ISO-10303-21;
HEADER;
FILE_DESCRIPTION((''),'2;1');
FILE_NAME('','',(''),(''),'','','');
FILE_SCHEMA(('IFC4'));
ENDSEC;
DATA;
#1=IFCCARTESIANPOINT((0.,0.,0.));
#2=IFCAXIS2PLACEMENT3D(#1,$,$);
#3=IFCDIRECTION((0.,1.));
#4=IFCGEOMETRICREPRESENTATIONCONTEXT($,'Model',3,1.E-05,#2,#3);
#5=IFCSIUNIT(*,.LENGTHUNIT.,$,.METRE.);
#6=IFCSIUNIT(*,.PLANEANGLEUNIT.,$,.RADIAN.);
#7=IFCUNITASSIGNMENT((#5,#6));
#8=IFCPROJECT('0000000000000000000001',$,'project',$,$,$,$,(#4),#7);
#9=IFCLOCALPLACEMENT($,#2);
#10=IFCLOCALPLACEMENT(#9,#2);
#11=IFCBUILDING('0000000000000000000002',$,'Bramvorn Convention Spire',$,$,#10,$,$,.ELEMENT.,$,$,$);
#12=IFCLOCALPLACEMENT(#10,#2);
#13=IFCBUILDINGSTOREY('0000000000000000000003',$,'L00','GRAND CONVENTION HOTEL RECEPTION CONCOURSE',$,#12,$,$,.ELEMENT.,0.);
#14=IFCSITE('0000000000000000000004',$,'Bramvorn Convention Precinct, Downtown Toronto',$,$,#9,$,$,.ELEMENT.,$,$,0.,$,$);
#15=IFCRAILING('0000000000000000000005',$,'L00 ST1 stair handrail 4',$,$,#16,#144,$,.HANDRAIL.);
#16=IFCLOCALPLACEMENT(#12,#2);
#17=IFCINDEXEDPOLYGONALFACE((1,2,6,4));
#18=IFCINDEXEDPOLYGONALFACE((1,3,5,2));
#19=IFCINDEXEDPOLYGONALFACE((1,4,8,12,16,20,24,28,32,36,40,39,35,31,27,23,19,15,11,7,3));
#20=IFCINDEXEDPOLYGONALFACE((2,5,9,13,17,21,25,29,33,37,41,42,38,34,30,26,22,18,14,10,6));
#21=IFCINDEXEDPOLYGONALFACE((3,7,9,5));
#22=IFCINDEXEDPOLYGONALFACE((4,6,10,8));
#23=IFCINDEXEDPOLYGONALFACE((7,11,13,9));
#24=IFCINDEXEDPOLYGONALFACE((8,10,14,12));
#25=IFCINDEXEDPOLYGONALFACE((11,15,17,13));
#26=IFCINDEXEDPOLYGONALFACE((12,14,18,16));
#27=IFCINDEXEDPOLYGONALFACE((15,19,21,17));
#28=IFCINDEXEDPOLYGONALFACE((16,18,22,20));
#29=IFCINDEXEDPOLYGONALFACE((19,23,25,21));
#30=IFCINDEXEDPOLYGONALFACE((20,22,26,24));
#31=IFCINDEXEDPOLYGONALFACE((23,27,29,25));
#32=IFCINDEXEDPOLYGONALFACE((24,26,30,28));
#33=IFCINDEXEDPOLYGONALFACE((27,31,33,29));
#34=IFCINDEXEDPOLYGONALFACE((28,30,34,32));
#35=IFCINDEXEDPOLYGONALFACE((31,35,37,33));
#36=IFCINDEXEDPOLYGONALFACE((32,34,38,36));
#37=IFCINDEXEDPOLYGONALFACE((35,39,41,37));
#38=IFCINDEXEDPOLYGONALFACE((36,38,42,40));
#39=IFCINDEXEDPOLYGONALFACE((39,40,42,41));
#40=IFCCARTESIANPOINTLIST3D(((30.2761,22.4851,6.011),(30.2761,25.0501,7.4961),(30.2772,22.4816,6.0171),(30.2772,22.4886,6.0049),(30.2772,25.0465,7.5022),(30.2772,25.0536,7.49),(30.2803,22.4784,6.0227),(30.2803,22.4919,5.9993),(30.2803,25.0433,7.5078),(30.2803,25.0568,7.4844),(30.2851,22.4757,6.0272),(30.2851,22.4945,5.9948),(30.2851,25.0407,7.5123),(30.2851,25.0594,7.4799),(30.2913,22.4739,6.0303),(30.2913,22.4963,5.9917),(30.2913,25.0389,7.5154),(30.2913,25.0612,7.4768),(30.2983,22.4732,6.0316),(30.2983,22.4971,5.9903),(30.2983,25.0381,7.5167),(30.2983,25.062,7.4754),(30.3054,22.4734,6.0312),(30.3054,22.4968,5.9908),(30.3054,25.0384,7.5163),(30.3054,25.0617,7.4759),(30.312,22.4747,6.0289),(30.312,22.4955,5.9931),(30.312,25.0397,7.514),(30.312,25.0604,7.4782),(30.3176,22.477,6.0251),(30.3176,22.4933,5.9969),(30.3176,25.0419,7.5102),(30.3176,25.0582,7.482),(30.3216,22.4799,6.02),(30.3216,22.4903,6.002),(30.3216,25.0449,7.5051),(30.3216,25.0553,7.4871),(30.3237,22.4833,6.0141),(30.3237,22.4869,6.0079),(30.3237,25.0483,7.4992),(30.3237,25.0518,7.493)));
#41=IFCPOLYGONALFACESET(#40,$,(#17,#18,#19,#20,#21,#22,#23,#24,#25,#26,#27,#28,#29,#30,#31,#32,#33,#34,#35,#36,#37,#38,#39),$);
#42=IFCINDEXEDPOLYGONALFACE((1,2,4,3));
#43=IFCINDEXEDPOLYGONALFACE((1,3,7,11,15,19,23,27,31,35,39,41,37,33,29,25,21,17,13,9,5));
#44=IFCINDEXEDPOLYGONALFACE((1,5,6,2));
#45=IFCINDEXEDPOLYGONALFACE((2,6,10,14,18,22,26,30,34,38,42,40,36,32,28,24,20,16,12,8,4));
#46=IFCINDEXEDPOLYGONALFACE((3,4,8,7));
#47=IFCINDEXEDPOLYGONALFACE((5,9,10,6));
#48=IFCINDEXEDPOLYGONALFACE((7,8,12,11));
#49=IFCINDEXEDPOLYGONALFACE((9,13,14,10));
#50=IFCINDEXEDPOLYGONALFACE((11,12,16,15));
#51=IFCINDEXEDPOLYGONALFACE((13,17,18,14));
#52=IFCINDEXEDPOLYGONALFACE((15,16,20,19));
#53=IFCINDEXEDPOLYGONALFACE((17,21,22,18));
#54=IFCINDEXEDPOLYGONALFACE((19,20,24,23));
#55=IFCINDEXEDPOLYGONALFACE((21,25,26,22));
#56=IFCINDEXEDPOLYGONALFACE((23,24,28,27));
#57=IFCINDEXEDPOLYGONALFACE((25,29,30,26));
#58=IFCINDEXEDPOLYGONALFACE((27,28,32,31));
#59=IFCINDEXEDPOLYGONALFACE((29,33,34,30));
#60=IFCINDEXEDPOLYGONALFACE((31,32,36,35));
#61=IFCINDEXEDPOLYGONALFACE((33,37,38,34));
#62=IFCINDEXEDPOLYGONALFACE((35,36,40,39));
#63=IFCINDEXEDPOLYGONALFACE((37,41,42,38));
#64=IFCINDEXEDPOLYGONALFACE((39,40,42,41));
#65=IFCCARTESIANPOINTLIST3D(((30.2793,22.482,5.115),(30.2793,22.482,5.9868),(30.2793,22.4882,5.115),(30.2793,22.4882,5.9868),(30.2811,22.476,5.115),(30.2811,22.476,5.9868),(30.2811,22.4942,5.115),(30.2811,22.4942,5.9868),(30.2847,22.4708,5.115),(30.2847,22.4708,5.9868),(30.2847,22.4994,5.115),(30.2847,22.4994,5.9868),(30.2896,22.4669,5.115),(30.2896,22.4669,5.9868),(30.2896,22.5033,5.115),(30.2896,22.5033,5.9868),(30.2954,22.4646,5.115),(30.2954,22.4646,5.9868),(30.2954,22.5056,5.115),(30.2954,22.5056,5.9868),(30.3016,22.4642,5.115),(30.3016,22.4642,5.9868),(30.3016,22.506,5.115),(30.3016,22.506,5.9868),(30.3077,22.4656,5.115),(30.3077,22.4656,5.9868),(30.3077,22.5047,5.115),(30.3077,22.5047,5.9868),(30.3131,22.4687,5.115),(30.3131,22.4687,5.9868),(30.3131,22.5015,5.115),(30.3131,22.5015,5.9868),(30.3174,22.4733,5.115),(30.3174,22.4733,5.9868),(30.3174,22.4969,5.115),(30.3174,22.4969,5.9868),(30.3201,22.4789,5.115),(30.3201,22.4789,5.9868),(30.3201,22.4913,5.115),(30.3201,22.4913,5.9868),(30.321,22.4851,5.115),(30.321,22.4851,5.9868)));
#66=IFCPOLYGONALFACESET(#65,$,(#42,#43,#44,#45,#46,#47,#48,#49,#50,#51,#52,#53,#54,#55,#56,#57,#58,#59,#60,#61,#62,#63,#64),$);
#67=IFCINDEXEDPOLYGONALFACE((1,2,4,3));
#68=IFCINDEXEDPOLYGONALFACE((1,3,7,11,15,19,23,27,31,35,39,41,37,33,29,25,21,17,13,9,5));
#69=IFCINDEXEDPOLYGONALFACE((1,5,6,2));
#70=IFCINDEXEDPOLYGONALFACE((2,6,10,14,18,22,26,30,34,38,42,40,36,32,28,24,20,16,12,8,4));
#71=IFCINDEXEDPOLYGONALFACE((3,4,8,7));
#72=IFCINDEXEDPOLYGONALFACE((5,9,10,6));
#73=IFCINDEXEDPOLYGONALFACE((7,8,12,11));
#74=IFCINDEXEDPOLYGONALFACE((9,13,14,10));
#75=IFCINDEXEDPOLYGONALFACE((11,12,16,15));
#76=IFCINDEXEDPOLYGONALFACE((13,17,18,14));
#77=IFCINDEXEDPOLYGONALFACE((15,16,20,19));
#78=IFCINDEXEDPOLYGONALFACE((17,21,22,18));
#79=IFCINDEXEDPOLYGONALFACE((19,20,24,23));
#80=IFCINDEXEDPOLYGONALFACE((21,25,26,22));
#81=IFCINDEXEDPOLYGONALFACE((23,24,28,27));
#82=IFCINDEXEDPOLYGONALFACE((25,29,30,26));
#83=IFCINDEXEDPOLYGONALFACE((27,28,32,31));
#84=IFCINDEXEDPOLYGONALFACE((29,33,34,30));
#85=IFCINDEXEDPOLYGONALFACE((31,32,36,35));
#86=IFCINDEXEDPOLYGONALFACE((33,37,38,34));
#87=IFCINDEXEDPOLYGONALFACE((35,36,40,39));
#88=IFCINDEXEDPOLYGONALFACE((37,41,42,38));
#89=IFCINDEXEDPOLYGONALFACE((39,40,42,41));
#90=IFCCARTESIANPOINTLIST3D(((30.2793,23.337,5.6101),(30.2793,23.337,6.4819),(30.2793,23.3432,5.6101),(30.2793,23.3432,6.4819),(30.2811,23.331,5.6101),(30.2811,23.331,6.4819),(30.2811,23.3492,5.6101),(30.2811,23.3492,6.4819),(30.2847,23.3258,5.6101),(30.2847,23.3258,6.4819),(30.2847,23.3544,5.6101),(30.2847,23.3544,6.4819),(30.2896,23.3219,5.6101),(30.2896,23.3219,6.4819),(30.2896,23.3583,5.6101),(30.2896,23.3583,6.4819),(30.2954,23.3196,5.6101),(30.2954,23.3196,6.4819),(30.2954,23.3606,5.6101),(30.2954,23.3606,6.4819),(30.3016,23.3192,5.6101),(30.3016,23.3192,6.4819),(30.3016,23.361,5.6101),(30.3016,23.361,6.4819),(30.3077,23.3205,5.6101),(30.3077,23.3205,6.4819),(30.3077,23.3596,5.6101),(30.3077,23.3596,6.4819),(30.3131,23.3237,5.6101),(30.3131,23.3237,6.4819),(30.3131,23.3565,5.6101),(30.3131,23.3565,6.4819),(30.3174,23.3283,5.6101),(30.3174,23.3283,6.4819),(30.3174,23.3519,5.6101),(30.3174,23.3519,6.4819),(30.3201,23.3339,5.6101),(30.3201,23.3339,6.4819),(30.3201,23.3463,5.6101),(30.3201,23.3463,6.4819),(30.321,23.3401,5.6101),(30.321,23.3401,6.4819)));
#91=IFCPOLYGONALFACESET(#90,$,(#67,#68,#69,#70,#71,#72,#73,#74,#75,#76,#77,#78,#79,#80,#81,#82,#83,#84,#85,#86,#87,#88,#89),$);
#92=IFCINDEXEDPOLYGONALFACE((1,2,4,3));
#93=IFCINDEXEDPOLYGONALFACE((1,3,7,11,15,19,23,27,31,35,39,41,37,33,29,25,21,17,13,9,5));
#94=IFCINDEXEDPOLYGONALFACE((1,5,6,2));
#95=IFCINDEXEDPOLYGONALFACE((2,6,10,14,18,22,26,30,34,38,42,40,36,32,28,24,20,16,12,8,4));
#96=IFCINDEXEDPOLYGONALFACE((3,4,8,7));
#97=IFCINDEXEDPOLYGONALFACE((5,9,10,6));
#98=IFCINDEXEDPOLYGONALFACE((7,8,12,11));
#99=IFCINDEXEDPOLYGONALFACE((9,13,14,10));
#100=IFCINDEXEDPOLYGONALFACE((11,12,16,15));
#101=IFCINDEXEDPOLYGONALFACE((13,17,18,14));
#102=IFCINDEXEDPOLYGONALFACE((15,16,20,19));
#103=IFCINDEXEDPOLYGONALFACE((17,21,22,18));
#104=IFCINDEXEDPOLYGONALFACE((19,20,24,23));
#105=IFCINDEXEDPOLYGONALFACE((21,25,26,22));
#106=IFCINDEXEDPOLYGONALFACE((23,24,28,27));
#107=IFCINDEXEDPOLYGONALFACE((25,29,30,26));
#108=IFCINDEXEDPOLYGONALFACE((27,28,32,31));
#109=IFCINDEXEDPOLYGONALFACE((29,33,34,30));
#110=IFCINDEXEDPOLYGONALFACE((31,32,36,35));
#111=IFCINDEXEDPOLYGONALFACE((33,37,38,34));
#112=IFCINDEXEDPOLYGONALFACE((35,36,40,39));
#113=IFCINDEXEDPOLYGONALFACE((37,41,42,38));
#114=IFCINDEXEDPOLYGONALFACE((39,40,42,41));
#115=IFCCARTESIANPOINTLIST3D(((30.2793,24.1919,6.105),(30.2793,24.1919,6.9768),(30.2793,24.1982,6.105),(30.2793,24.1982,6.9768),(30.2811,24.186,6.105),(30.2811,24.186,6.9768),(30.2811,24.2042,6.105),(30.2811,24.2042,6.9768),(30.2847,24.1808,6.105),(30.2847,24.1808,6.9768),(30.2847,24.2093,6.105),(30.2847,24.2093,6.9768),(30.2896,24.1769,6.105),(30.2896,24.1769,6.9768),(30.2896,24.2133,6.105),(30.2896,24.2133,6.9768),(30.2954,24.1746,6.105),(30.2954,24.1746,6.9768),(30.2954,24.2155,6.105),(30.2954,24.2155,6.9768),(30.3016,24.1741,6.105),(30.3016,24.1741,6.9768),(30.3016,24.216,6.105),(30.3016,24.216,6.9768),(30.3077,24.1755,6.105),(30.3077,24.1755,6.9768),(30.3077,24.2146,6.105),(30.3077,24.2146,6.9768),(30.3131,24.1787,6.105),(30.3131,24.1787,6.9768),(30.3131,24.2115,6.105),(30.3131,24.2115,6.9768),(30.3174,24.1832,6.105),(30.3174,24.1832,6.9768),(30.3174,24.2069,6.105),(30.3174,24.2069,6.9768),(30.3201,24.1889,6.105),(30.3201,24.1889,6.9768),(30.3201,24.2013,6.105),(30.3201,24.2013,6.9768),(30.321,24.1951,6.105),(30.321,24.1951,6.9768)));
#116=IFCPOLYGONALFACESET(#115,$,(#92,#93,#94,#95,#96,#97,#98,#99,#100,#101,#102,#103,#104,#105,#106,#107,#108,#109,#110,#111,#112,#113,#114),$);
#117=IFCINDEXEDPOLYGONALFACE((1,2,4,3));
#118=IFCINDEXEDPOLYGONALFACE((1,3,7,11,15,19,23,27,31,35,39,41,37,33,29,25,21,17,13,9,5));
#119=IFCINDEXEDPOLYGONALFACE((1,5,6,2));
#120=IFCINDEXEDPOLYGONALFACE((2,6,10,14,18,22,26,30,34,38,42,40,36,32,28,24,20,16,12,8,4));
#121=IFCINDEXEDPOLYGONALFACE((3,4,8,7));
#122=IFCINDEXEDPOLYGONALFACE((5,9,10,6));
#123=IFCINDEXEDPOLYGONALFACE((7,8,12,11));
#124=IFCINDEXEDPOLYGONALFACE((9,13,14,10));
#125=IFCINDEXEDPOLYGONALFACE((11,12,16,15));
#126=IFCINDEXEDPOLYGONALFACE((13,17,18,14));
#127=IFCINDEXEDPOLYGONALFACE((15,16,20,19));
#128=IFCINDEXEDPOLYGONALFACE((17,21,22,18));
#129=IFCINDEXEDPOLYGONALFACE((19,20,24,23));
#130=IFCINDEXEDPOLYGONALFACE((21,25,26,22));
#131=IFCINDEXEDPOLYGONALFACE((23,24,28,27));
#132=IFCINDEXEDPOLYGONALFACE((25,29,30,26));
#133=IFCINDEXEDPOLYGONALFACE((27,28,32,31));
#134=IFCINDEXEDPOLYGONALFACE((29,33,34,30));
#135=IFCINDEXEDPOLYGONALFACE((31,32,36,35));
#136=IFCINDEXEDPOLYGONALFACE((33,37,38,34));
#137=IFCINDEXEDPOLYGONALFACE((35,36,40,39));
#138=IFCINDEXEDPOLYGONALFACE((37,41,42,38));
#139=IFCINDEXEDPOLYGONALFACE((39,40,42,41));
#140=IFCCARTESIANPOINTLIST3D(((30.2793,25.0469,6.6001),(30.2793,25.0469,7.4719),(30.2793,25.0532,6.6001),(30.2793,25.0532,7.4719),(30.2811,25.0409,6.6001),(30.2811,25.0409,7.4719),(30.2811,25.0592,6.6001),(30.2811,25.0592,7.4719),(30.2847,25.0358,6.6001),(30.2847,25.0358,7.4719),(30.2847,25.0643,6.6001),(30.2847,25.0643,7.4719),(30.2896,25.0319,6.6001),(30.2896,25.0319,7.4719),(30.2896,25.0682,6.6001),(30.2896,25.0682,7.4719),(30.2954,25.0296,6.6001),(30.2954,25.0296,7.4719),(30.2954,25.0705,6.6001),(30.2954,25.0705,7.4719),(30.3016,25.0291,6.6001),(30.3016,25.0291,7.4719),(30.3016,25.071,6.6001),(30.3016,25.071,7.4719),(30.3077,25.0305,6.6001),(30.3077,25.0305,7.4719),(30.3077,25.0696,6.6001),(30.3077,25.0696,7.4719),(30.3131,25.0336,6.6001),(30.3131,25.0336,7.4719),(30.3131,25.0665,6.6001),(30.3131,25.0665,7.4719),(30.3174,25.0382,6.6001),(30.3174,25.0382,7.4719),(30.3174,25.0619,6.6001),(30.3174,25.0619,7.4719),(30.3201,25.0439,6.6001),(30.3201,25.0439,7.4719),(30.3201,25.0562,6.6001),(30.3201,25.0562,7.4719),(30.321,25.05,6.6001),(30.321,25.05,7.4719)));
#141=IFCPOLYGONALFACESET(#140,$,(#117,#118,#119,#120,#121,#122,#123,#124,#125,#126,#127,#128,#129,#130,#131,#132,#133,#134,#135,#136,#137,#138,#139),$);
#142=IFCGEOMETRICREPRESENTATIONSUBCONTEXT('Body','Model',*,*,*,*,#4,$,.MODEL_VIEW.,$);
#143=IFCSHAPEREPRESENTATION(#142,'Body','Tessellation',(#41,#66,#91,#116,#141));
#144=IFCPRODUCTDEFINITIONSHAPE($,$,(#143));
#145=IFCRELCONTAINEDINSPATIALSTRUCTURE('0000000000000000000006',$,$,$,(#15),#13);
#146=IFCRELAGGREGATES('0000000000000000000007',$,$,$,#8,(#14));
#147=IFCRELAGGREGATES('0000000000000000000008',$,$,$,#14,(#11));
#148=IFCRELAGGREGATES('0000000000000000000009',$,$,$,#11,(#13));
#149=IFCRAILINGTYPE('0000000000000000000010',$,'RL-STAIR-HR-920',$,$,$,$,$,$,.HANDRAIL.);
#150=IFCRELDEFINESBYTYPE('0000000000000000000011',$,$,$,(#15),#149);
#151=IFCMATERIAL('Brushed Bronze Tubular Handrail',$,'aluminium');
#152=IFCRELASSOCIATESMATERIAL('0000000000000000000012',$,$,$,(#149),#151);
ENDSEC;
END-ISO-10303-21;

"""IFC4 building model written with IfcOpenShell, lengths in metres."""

from ifc_helpers import new_model, si_unit, direction, frame, origin, origin_2d, place, context, subcontext, project, spatial, circle, extrude, material, type_object, element, save


model = new_model("IFC4")

# Units and contexts
model_context = context("Model", 3, precision=1e-05, world=origin(), true_north=direction((0.0, 1.0)))
body_context = subcontext(model_context, "Body", "Model", "MODEL_VIEW")
ifc_project = project(units=[si_unit("LENGTHUNIT", "METRE"), si_unit("PLANEANGLEUNIT", "RADIAN")], contexts=[model_context])

# Site, building, storey
site_placement = place(None, origin())
site = spatial("IfcSite", under=ifc_project, at=site_placement, Name="Bramvorn Convention Precinct, Downtown Toronto", CompositionType="ELEMENT", RefElevation=0.0)
building_placement = place(site_placement, origin())
building = spatial("IfcBuilding", under=site, at=building_placement, Name="Bramvorn Convention Spire", CompositionType="ELEMENT")
storey_placement = place(building_placement, origin())
storey = spatial("IfcBuildingStorey", under=building, at=storey_placement, Name="L00", Description="GRAND CONVENTION HOTEL RECEPTION CONCOURSE", CompositionType="ELEMENT", Elevation=0.0)

# Railing
ifc_material_1 = material(Name="Brushed Bronze Tubular Handrail", Category="aluminium")
railing_type_1 = type_object("IfcRailingType", Name="RL-STAIR-HR-920", PredefinedType="HANDRAIL", material=ifc_material_1)
railing_1_placement = place(storey_placement, frame((30.3, 22.4851, 5.115)))
element("IfcRailing", 1, at=railing_1_placement, inside=storey, type_object=railing_type_1, Name="L00 ST1 stair handrail 4", PredefinedType="HANDRAIL", context=body_context, shape_type="SweptSolid", body=[
    extrude(circle(Radius=0.0239, at=origin_2d()), frame((0.0, 0.0, 0.896), z_axis=(0.0, 0.865406, 0.501072), x_axis=(-1.0, 0.0, 0.0)), (0.0, 0.0, 1.0), 2.9639),
    extrude(circle(Radius=0.021, at=origin_2d()), origin(), (0.0, 0.0, 1.0), 0.8718),
    extrude(circle(Radius=0.021, at=origin_2d()), frame((0.0, 0.855, 0.4951)), (0.0, 0.0, 1.0), 0.8718),
    extrude(circle(Radius=0.021, at=origin_2d()), frame((0.0, 1.71, 0.99)), (0.0, 0.0, 1.0), 0.8718),
    extrude(circle(Radius=0.021, at=origin_2d()), frame((0.0, 2.5649, 1.4851)), (0.0, 0.0, 1.0), 0.8718),
])

save(model, "model.ifc")
